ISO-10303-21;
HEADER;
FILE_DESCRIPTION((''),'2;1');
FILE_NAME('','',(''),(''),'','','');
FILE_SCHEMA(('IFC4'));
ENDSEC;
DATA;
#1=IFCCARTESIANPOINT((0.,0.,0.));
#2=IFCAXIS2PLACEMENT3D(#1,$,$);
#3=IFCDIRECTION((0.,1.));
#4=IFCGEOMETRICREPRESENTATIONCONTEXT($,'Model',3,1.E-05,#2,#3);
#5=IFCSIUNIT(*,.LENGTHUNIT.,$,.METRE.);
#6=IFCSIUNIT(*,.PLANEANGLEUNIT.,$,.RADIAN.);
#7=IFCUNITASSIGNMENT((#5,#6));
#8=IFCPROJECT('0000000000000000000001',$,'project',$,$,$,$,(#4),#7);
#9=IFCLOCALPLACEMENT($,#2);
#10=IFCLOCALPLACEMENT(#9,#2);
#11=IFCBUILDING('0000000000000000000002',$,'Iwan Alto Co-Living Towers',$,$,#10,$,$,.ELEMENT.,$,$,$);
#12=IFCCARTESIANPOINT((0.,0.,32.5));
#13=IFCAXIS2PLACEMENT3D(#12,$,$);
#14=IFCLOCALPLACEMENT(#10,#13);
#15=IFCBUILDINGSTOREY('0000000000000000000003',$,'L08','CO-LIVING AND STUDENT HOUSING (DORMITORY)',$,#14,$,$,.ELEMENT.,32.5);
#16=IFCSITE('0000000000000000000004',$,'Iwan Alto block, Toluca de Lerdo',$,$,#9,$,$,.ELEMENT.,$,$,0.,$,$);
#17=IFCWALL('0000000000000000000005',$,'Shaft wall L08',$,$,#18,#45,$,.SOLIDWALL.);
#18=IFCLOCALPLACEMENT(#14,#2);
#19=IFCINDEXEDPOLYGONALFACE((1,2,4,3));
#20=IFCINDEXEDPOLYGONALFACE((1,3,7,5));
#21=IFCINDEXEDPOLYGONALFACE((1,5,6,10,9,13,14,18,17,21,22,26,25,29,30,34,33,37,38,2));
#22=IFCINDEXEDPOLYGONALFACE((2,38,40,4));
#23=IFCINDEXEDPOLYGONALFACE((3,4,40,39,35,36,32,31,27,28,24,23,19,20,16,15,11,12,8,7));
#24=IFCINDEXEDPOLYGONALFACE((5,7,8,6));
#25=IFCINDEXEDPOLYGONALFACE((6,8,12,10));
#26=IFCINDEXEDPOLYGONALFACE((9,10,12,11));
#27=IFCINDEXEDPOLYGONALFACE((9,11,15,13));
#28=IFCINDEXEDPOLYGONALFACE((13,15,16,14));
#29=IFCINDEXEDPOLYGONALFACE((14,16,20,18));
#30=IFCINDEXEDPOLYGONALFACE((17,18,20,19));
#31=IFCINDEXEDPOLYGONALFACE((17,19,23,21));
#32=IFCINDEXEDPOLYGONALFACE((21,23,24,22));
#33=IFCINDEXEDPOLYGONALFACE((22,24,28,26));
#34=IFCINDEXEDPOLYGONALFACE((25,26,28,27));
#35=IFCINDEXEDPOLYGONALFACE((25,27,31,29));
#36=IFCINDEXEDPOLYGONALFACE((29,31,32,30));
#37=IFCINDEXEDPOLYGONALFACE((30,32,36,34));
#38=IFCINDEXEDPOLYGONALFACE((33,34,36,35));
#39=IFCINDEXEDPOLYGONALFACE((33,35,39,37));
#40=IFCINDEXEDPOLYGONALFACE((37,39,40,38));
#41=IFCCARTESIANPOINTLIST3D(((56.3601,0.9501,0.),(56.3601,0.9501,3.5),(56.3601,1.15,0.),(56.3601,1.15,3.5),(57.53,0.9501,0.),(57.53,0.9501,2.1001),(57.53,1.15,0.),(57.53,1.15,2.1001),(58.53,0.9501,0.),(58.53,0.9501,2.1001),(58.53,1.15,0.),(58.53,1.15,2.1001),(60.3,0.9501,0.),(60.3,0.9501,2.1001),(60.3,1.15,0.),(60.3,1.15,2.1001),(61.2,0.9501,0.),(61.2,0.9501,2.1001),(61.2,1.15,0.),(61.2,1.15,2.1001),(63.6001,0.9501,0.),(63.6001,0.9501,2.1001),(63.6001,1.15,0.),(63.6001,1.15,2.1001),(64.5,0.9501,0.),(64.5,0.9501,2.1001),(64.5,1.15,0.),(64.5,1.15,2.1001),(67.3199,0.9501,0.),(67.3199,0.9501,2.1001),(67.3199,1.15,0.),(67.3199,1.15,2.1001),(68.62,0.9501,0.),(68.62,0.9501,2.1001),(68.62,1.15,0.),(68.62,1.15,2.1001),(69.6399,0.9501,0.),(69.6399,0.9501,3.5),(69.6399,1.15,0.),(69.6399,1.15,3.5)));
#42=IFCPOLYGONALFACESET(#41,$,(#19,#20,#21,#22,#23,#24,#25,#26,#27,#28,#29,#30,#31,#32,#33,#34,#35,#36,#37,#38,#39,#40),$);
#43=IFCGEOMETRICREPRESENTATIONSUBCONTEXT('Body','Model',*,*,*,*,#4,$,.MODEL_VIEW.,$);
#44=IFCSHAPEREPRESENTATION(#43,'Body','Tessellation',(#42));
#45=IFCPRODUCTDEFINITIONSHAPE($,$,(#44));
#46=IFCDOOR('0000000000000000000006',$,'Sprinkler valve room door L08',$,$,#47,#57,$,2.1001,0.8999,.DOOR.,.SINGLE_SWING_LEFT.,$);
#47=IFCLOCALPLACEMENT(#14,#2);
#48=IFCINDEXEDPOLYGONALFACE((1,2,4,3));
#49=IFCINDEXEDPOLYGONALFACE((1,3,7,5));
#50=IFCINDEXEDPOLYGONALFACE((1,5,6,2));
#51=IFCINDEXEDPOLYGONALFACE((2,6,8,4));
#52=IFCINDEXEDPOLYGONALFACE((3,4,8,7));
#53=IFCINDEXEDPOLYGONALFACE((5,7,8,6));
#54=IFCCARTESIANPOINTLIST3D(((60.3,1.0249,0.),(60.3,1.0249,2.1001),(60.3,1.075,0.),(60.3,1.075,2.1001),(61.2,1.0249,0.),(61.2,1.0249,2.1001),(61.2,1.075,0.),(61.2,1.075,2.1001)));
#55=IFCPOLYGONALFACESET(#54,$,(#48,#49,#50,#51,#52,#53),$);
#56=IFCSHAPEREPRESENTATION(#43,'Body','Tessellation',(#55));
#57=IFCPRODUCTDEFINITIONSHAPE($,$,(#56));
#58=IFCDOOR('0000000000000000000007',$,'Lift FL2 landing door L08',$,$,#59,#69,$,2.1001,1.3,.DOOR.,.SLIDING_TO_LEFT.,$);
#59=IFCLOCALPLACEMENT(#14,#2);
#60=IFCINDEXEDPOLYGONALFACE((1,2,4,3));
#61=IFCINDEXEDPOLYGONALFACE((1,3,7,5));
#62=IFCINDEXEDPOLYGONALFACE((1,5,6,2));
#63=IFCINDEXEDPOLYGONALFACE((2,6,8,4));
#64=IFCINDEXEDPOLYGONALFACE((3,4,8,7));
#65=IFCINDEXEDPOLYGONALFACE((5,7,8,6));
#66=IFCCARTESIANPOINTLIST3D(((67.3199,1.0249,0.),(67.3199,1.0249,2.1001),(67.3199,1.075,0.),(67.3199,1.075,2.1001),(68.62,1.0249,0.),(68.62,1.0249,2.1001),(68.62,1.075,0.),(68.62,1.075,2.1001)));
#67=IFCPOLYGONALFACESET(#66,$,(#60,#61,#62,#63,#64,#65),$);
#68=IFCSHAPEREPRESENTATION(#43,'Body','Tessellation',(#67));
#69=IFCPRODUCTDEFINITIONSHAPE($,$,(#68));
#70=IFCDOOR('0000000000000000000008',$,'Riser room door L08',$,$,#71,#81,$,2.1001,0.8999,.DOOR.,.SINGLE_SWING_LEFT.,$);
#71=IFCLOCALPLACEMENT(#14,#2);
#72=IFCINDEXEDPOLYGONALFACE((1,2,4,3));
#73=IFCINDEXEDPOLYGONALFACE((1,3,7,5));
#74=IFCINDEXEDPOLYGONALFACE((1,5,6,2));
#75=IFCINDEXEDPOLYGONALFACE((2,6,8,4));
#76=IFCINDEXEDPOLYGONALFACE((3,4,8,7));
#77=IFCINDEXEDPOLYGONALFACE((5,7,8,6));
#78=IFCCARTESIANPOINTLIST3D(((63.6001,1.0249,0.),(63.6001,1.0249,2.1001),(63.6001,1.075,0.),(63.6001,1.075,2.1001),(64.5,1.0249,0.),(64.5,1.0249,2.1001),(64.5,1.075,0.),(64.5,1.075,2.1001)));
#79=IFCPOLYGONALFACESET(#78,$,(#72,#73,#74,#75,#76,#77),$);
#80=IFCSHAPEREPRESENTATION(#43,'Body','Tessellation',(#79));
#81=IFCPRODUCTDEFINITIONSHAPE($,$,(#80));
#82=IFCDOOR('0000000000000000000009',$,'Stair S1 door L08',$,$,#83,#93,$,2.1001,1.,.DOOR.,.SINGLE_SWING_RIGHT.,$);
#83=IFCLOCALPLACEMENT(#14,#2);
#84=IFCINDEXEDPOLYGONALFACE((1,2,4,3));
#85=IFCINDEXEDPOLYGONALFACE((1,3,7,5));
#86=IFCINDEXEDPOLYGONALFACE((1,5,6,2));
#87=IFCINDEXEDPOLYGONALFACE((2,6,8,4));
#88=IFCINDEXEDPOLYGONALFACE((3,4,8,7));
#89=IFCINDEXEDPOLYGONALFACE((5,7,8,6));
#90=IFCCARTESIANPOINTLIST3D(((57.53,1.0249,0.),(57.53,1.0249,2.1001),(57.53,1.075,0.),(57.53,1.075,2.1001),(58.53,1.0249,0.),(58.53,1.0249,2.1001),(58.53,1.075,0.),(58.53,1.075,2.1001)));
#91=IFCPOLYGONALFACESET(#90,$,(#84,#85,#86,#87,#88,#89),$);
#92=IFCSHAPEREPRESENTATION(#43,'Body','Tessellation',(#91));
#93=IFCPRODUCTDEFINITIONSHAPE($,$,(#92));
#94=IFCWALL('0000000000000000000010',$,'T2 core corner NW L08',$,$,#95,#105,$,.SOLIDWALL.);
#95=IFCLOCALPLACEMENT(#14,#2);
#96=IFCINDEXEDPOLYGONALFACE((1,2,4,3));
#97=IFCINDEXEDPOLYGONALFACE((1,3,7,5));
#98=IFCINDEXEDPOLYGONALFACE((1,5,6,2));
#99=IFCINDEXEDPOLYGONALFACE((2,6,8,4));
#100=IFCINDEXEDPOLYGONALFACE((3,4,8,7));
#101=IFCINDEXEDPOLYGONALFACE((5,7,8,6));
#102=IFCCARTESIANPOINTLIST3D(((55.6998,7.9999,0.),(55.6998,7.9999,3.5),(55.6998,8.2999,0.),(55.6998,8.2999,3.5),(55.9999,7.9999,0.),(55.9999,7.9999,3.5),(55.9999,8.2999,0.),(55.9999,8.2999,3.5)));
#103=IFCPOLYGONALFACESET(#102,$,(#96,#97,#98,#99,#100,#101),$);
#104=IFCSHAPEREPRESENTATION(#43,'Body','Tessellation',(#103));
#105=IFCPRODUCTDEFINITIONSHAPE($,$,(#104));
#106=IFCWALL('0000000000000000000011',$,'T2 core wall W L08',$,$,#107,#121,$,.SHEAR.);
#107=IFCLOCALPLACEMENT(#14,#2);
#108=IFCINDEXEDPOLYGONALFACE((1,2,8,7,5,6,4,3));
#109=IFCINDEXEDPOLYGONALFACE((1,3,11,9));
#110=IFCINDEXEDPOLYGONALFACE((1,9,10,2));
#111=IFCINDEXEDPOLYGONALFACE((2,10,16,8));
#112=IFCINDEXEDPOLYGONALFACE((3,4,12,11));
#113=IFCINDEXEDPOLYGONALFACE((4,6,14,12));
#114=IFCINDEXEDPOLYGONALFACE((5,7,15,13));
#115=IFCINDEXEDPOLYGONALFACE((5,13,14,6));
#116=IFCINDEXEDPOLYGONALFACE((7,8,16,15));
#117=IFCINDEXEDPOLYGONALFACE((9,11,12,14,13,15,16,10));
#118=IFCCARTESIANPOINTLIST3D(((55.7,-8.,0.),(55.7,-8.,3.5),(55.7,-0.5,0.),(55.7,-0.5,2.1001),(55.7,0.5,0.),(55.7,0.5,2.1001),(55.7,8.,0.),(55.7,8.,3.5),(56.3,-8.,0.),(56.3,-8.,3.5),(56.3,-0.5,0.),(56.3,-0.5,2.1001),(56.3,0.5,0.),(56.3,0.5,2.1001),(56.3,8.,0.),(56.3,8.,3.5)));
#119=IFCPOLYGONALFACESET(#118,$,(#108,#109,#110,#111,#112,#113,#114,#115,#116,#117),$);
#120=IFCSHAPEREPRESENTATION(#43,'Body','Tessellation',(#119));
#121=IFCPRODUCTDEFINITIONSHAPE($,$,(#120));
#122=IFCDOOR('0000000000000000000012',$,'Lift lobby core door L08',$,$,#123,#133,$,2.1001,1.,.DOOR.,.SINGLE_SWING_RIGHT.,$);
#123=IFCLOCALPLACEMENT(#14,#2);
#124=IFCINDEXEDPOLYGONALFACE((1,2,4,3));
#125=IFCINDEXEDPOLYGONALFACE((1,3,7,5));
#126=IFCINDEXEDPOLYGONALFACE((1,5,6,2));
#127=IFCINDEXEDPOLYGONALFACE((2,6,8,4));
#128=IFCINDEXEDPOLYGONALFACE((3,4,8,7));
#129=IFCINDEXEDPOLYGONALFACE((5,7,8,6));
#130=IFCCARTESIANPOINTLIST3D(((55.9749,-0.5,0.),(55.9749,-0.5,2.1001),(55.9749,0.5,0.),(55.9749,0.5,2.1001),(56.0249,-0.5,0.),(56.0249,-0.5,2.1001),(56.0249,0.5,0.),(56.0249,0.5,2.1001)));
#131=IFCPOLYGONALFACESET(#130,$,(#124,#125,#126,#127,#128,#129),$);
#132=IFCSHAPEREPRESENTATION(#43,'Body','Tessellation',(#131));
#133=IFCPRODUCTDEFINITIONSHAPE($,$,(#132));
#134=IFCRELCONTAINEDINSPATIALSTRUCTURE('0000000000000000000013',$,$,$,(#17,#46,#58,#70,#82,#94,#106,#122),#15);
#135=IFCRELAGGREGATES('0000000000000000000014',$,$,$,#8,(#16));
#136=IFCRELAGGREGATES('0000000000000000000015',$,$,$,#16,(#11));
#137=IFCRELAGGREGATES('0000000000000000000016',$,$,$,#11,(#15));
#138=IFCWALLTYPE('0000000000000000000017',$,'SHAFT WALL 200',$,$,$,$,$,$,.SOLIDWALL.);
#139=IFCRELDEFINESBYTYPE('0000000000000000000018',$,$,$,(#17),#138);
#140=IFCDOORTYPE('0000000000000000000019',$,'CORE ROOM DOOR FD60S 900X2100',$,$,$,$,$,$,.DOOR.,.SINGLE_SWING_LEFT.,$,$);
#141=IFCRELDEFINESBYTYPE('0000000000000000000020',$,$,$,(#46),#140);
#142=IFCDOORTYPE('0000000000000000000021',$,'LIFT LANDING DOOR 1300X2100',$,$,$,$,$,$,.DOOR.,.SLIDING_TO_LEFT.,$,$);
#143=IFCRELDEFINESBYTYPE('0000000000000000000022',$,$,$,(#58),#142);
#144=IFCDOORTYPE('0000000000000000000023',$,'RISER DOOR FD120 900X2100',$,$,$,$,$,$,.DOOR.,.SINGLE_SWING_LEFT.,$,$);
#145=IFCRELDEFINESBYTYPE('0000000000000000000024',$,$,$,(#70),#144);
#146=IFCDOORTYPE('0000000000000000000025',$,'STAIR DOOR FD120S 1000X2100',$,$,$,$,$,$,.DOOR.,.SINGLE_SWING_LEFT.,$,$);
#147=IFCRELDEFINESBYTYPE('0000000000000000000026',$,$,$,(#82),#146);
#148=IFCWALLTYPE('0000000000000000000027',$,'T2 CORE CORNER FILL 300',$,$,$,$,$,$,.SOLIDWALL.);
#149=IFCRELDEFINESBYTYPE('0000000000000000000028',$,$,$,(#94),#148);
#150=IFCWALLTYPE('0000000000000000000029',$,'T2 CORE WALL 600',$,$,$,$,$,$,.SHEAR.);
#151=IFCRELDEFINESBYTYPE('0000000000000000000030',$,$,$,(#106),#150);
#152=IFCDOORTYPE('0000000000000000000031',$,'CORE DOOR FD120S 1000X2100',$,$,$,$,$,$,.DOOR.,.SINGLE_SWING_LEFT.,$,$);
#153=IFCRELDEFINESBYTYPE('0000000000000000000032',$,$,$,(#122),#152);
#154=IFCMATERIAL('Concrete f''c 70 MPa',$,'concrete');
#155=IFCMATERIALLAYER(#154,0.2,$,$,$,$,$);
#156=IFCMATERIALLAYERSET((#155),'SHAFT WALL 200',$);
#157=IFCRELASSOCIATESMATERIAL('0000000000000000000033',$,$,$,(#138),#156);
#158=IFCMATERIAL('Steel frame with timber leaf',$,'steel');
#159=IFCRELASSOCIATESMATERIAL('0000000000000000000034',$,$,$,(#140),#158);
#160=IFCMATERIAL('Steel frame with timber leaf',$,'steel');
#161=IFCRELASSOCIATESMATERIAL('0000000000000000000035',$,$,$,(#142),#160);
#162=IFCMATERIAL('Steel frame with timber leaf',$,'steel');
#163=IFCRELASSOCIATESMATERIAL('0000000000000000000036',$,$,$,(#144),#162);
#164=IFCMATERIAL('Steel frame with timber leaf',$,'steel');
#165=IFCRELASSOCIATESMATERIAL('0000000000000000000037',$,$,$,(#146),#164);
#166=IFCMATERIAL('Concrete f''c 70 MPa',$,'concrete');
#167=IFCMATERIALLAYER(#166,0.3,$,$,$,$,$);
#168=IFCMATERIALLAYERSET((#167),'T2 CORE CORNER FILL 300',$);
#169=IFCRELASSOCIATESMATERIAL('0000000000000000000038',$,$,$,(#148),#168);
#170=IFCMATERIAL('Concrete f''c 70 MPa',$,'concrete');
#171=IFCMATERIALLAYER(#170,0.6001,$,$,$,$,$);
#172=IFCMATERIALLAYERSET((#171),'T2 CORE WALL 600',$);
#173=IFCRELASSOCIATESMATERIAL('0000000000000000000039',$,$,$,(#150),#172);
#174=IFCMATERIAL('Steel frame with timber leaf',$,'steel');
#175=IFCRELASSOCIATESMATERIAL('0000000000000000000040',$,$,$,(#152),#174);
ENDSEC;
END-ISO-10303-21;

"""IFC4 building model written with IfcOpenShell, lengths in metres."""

from ifc_helpers import new_model, si_unit, direction, frame, frame_2d, origin, place, context, subcontext, project, spatial, rectangle, extrude, material, layer, layer_set, type_object, element, fill, save


model = new_model("IFC4")

# Units and contexts
model_context = context("Model", 3, precision=1e-05, world=origin(), true_north=direction((0.0, 1.0)))
body_context = subcontext(model_context, "Body", "Model", "MODEL_VIEW")
ifc_project = project(units=[si_unit("LENGTHUNIT", "METRE"), si_unit("PLANEANGLEUNIT", "RADIAN")], contexts=[model_context])

# Site, building, storey
site_placement = place(None, origin())
site = spatial("IfcSite", under=ifc_project, at=site_placement, Name="Iwan Alto block, Toluca de Lerdo", CompositionType="ELEMENT", RefElevation=0.0)
building_placement = place(site_placement, origin())
building = spatial("IfcBuilding", under=site, at=building_placement, Name="Iwan Alto Co-Living Towers", CompositionType="ELEMENT")
storey_placement = place(building_placement, frame((0.0, 0.0, 32.5)))
storey = spatial("IfcBuildingStorey", under=building, at=storey_placement, Name="L08", Description="CO-LIVING AND STUDENT HOUSING (DORMITORY)", CompositionType="ELEMENT", Elevation=32.5)

# Wall, openings, doors
ifc_material_1 = material(Name="Concrete f'c 70 MPa", Category="concrete")
ifc_layer_1 = layer(ifc_material_1, 0.2)
ifc_layer_set_1 = layer_set([ifc_layer_1], Name="SHAFT WALL 200")
wall_type_1 = type_object("IfcWallType", Name="SHAFT WALL 200", PredefinedType="SOLIDWALL", material=ifc_layer_set_1)
wall_1_placement = place(storey_placement, frame((56.3601, 1.05, 0.0), z_axis=(0.0, 0.0, 1.0), x_axis=(1.0, 0.0, 0.0)))
wall_1 = element("IfcWall", 1, at=wall_1_placement, inside=storey, type_object=wall_type_1, Name="Shaft wall L08", PredefinedType="SOLIDWALL", context=body_context, shape_type="SweptSolid", body=[
    extrude(rectangle(XDim=13.2798, YDim=0.2, at=frame_2d((6.6399, 0.0))), origin(), (0.0, 0.0, 1.0), 3.5),
])
opening_1_placement = place(wall_1_placement, frame((1.1699, 0.0, 0.0)))
opening_1 = element("IfcOpeningElement", 2, at=opening_1_placement, cuts=wall_1, PredefinedType="OPENING", context=body_context, shape_type="SweptSolid", body=[
    extrude(rectangle(XDim=1.0, YDim=2.1001, at=frame_2d((0.5, 1.05))), frame((0.0, 0.1099, 0.0), z_axis=(0.0, -1.0, 0.0), x_axis=(1.0, 0.0, 0.0)), (0.0, 0.0, 1.0), 0.22),
])
opening_2_placement = place(wall_1_placement, frame((7.24, 0.0, 0.0)))
opening_2 = element("IfcOpeningElement", 3, at=opening_2_placement, cuts=wall_1, PredefinedType="OPENING", context=body_context, shape_type="SweptSolid", body=[
    extrude(rectangle(XDim=0.8999, YDim=2.1001, at=frame_2d((0.45, 1.05))), frame((0.0, 0.1099, 0.0), z_axis=(0.0, -1.0, 0.0), x_axis=(1.0, 0.0, 0.0)), (0.0, 0.0, 1.0), 0.22),
])
opening_3_placement = place(wall_1_placement, frame((3.9399, 0.0, 0.0)))
opening_3 = element("IfcOpeningElement", 4, at=opening_3_placement, cuts=wall_1, PredefinedType="OPENING", context=body_context, shape_type="SweptSolid", body=[
    extrude(rectangle(XDim=0.8999, YDim=2.1001, at=frame_2d((0.45, 1.05))), frame((0.0, 0.1099, 0.0), z_axis=(0.0, -1.0, 0.0), x_axis=(1.0, 0.0, 0.0)), (0.0, 0.0, 1.0), 0.22),
])
opening_4_placement = place(wall_1_placement, frame((10.96, 0.0, 0.0)))
opening_4 = element("IfcOpeningElement", 5, at=opening_4_placement, cuts=wall_1, PredefinedType="OPENING", context=body_context, shape_type="SweptSolid", body=[
    extrude(rectangle(XDim=1.3, YDim=2.1001, at=frame_2d((0.6499, 1.05))), frame((0.0, 0.1099, 0.0), z_axis=(0.0, -1.0, 0.0), x_axis=(1.0, 0.0, 0.0)), (0.0, 0.0, 1.0), 0.22),
])
ifc_material_2 = material(Name="Steel frame with timber leaf", Category="steel")
door_type_1 = type_object("IfcDoorType", Name="CORE ROOM DOOR FD60S 900X2100", OperationType="SINGLE_SWING_LEFT", PredefinedType="DOOR", material=ifc_material_2)
door_1_placement = place(opening_3_placement, origin())
door_1 = element("IfcDoor", 6, at=door_1_placement, inside=storey, type_object=door_type_1, Name="Sprinkler valve room door L08", OperationType="SINGLE_SWING_LEFT", OverallHeight=2.1001, OverallWidth=0.8999, PredefinedType="DOOR", context=body_context, shape_type="SweptSolid", body=[
    extrude(rectangle(XDim=0.8999, YDim=2.1001, at=frame_2d((0.45, 1.05))), frame((0.0, 0.0249, 0.0), z_axis=(0.0, -1.0, 0.0), x_axis=(1.0, 0.0, 0.0)), (0.0, 0.0, 1.0), 0.05),
])
fill(opening_3, door_1)
ifc_material_3 = material(Name="Steel frame with timber leaf", Category="steel")
door_type_2 = type_object("IfcDoorType", Name="LIFT LANDING DOOR 1300X2100", OperationType="SLIDING_TO_LEFT", PredefinedType="DOOR", material=ifc_material_3)
door_2_placement = place(opening_4_placement, origin())
door_2 = element("IfcDoor", 7, at=door_2_placement, inside=storey, type_object=door_type_2, Name="Lift FL2 landing door L08", OperationType="SLIDING_TO_LEFT", OverallHeight=2.1001, OverallWidth=1.3, PredefinedType="DOOR", context=body_context, shape_type="SweptSolid", body=[
    extrude(rectangle(XDim=1.3, YDim=2.1001, at=frame_2d((0.6499, 1.05))), frame((0.0, 0.0249, 0.0), z_axis=(0.0, -1.0, 0.0), x_axis=(1.0, 0.0, 0.0)), (0.0, 0.0, 1.0), 0.05),
])
fill(opening_4, door_2)
ifc_material_4 = material(Name="Steel frame with timber leaf", Category="steel")
door_type_3 = type_object("IfcDoorType", Name="RISER DOOR FD120 900X2100", OperationType="SINGLE_SWING_LEFT", PredefinedType="DOOR", material=ifc_material_4)
door_3_placement = place(opening_2_placement, origin())
door_3 = element("IfcDoor", 8, at=door_3_placement, inside=storey, type_object=door_type_3, Name="Riser room door L08", OperationType="SINGLE_SWING_LEFT", OverallHeight=2.1001, OverallWidth=0.8999, PredefinedType="DOOR", context=body_context, shape_type="SweptSolid", body=[
    extrude(rectangle(XDim=0.8999, YDim=2.1001, at=frame_2d((0.45, 1.05))), frame((0.0, 0.0249, 0.0), z_axis=(0.0, -1.0, 0.0), x_axis=(1.0, 0.0, 0.0)), (0.0, 0.0, 1.0), 0.05),
])
fill(opening_2, door_3)
ifc_material_5 = material(Name="Steel frame with timber leaf", Category="steel")
door_type_4 = type_object("IfcDoorType", Name="STAIR DOOR FD120S 1000X2100", OperationType="SINGLE_SWING_LEFT", PredefinedType="DOOR", material=ifc_material_5)
door_4_placement = place(opening_1_placement, origin())
door_4 = element("IfcDoor", 9, at=door_4_placement, inside=storey, type_object=door_type_4, Name="Stair S1 door L08", OperationType="SINGLE_SWING_RIGHT", OverallHeight=2.1001, OverallWidth=1.0, PredefinedType="DOOR", context=body_context, shape_type="SweptSolid", body=[
    extrude(rectangle(XDim=1.0, YDim=2.1001, at=frame_2d((0.5, 1.05))), frame((0.0, 0.0249, 0.0), z_axis=(0.0, -1.0, 0.0), x_axis=(1.0, 0.0, 0.0)), (0.0, 0.0, 1.0), 0.05),
])
fill(opening_1, door_4)

# Wall
ifc_material_6 = material(Name="Concrete f'c 70 MPa", Category="concrete")
ifc_layer_2 = layer(ifc_material_6, 0.3)
ifc_layer_set_2 = layer_set([ifc_layer_2], Name="T2 CORE CORNER FILL 300")
wall_type_2 = type_object("IfcWallType", Name="T2 CORE CORNER FILL 300", PredefinedType="SOLIDWALL", material=ifc_layer_set_2)
wall_2_placement = place(storey_placement, frame((55.7, 8.1499, 0.0), z_axis=(0.0, 0.0, 1.0), x_axis=(1.0, 0.0, 0.0)))
element("IfcWall", 10, at=wall_2_placement, inside=storey, type_object=wall_type_2, Name="T2 core corner NW L08", PredefinedType="SOLIDWALL", context=body_context, shape_type="SweptSolid", body=[
    extrude(rectangle(XDim=0.3, YDim=0.3, at=frame_2d((0.1499, 0.0))), origin(), (0.0, 0.0, 1.0), 3.5),
])

# Wall, opening, door
ifc_material_7 = material(Name="Concrete f'c 70 MPa", Category="concrete")
ifc_layer_3 = layer(ifc_material_7, 0.6001)
ifc_layer_set_3 = layer_set([ifc_layer_3], Name="T2 CORE WALL 600")
wall_type_3 = type_object("IfcWallType", Name="T2 CORE WALL 600", PredefinedType="SHEAR", material=ifc_layer_set_3)
wall_3_placement = place(storey_placement, frame((56.0, 8.0, 0.0), z_axis=(0.0, 0.0, 1.0), x_axis=(0.0, -1.0, 0.0)))
wall_3 = element("IfcWall", 11, at=wall_3_placement, inside=storey, type_object=wall_type_3, Name="T2 core wall W L08", PredefinedType="SHEAR", context=body_context, shape_type="SweptSolid", body=[
    extrude(rectangle(XDim=16.0, YDim=0.6001, at=frame_2d((8.0, 0.0))), origin(), (0.0, 0.0, 1.0), 3.5),
])
opening_5_placement = place(wall_3_placement, frame((7.5, 0.0, 0.0)))
opening_5 = element("IfcOpeningElement", 12, at=opening_5_placement, cuts=wall_3, PredefinedType="OPENING", context=body_context, shape_type="SweptSolid", body=[
    extrude(rectangle(XDim=1.0, YDim=2.1001, at=frame_2d((0.5, 1.05))), frame((0.0, 0.3101, 0.0), z_axis=(0.0, -1.0, 0.0), x_axis=(1.0, 0.0, 0.0)), (0.0, 0.0, 1.0), 0.6201),
])
ifc_material_8 = material(Name="Steel frame with timber leaf", Category="steel")
door_type_5 = type_object("IfcDoorType", Name="CORE DOOR FD120S 1000X2100", OperationType="SINGLE_SWING_LEFT", PredefinedType="DOOR", material=ifc_material_8)
door_5_placement = place(opening_5_placement, origin())
door_5 = element("IfcDoor", 13, at=door_5_placement, inside=storey, type_object=door_type_5, Name="Lift lobby core door L08", OperationType="SINGLE_SWING_RIGHT", OverallHeight=2.1001, OverallWidth=1.0, PredefinedType="DOOR", context=body_context, shape_type="SweptSolid", body=[
    extrude(rectangle(XDim=1.0, YDim=2.1001, at=frame_2d((0.5, 1.05))), frame((0.0, 0.0249, 0.0), z_axis=(0.0, -1.0, 0.0), x_axis=(1.0, 0.0, 0.0)), (0.0, 0.0, 1.0), 0.05),
])
fill(opening_5, door_5)

save(model, "model.ifc")
